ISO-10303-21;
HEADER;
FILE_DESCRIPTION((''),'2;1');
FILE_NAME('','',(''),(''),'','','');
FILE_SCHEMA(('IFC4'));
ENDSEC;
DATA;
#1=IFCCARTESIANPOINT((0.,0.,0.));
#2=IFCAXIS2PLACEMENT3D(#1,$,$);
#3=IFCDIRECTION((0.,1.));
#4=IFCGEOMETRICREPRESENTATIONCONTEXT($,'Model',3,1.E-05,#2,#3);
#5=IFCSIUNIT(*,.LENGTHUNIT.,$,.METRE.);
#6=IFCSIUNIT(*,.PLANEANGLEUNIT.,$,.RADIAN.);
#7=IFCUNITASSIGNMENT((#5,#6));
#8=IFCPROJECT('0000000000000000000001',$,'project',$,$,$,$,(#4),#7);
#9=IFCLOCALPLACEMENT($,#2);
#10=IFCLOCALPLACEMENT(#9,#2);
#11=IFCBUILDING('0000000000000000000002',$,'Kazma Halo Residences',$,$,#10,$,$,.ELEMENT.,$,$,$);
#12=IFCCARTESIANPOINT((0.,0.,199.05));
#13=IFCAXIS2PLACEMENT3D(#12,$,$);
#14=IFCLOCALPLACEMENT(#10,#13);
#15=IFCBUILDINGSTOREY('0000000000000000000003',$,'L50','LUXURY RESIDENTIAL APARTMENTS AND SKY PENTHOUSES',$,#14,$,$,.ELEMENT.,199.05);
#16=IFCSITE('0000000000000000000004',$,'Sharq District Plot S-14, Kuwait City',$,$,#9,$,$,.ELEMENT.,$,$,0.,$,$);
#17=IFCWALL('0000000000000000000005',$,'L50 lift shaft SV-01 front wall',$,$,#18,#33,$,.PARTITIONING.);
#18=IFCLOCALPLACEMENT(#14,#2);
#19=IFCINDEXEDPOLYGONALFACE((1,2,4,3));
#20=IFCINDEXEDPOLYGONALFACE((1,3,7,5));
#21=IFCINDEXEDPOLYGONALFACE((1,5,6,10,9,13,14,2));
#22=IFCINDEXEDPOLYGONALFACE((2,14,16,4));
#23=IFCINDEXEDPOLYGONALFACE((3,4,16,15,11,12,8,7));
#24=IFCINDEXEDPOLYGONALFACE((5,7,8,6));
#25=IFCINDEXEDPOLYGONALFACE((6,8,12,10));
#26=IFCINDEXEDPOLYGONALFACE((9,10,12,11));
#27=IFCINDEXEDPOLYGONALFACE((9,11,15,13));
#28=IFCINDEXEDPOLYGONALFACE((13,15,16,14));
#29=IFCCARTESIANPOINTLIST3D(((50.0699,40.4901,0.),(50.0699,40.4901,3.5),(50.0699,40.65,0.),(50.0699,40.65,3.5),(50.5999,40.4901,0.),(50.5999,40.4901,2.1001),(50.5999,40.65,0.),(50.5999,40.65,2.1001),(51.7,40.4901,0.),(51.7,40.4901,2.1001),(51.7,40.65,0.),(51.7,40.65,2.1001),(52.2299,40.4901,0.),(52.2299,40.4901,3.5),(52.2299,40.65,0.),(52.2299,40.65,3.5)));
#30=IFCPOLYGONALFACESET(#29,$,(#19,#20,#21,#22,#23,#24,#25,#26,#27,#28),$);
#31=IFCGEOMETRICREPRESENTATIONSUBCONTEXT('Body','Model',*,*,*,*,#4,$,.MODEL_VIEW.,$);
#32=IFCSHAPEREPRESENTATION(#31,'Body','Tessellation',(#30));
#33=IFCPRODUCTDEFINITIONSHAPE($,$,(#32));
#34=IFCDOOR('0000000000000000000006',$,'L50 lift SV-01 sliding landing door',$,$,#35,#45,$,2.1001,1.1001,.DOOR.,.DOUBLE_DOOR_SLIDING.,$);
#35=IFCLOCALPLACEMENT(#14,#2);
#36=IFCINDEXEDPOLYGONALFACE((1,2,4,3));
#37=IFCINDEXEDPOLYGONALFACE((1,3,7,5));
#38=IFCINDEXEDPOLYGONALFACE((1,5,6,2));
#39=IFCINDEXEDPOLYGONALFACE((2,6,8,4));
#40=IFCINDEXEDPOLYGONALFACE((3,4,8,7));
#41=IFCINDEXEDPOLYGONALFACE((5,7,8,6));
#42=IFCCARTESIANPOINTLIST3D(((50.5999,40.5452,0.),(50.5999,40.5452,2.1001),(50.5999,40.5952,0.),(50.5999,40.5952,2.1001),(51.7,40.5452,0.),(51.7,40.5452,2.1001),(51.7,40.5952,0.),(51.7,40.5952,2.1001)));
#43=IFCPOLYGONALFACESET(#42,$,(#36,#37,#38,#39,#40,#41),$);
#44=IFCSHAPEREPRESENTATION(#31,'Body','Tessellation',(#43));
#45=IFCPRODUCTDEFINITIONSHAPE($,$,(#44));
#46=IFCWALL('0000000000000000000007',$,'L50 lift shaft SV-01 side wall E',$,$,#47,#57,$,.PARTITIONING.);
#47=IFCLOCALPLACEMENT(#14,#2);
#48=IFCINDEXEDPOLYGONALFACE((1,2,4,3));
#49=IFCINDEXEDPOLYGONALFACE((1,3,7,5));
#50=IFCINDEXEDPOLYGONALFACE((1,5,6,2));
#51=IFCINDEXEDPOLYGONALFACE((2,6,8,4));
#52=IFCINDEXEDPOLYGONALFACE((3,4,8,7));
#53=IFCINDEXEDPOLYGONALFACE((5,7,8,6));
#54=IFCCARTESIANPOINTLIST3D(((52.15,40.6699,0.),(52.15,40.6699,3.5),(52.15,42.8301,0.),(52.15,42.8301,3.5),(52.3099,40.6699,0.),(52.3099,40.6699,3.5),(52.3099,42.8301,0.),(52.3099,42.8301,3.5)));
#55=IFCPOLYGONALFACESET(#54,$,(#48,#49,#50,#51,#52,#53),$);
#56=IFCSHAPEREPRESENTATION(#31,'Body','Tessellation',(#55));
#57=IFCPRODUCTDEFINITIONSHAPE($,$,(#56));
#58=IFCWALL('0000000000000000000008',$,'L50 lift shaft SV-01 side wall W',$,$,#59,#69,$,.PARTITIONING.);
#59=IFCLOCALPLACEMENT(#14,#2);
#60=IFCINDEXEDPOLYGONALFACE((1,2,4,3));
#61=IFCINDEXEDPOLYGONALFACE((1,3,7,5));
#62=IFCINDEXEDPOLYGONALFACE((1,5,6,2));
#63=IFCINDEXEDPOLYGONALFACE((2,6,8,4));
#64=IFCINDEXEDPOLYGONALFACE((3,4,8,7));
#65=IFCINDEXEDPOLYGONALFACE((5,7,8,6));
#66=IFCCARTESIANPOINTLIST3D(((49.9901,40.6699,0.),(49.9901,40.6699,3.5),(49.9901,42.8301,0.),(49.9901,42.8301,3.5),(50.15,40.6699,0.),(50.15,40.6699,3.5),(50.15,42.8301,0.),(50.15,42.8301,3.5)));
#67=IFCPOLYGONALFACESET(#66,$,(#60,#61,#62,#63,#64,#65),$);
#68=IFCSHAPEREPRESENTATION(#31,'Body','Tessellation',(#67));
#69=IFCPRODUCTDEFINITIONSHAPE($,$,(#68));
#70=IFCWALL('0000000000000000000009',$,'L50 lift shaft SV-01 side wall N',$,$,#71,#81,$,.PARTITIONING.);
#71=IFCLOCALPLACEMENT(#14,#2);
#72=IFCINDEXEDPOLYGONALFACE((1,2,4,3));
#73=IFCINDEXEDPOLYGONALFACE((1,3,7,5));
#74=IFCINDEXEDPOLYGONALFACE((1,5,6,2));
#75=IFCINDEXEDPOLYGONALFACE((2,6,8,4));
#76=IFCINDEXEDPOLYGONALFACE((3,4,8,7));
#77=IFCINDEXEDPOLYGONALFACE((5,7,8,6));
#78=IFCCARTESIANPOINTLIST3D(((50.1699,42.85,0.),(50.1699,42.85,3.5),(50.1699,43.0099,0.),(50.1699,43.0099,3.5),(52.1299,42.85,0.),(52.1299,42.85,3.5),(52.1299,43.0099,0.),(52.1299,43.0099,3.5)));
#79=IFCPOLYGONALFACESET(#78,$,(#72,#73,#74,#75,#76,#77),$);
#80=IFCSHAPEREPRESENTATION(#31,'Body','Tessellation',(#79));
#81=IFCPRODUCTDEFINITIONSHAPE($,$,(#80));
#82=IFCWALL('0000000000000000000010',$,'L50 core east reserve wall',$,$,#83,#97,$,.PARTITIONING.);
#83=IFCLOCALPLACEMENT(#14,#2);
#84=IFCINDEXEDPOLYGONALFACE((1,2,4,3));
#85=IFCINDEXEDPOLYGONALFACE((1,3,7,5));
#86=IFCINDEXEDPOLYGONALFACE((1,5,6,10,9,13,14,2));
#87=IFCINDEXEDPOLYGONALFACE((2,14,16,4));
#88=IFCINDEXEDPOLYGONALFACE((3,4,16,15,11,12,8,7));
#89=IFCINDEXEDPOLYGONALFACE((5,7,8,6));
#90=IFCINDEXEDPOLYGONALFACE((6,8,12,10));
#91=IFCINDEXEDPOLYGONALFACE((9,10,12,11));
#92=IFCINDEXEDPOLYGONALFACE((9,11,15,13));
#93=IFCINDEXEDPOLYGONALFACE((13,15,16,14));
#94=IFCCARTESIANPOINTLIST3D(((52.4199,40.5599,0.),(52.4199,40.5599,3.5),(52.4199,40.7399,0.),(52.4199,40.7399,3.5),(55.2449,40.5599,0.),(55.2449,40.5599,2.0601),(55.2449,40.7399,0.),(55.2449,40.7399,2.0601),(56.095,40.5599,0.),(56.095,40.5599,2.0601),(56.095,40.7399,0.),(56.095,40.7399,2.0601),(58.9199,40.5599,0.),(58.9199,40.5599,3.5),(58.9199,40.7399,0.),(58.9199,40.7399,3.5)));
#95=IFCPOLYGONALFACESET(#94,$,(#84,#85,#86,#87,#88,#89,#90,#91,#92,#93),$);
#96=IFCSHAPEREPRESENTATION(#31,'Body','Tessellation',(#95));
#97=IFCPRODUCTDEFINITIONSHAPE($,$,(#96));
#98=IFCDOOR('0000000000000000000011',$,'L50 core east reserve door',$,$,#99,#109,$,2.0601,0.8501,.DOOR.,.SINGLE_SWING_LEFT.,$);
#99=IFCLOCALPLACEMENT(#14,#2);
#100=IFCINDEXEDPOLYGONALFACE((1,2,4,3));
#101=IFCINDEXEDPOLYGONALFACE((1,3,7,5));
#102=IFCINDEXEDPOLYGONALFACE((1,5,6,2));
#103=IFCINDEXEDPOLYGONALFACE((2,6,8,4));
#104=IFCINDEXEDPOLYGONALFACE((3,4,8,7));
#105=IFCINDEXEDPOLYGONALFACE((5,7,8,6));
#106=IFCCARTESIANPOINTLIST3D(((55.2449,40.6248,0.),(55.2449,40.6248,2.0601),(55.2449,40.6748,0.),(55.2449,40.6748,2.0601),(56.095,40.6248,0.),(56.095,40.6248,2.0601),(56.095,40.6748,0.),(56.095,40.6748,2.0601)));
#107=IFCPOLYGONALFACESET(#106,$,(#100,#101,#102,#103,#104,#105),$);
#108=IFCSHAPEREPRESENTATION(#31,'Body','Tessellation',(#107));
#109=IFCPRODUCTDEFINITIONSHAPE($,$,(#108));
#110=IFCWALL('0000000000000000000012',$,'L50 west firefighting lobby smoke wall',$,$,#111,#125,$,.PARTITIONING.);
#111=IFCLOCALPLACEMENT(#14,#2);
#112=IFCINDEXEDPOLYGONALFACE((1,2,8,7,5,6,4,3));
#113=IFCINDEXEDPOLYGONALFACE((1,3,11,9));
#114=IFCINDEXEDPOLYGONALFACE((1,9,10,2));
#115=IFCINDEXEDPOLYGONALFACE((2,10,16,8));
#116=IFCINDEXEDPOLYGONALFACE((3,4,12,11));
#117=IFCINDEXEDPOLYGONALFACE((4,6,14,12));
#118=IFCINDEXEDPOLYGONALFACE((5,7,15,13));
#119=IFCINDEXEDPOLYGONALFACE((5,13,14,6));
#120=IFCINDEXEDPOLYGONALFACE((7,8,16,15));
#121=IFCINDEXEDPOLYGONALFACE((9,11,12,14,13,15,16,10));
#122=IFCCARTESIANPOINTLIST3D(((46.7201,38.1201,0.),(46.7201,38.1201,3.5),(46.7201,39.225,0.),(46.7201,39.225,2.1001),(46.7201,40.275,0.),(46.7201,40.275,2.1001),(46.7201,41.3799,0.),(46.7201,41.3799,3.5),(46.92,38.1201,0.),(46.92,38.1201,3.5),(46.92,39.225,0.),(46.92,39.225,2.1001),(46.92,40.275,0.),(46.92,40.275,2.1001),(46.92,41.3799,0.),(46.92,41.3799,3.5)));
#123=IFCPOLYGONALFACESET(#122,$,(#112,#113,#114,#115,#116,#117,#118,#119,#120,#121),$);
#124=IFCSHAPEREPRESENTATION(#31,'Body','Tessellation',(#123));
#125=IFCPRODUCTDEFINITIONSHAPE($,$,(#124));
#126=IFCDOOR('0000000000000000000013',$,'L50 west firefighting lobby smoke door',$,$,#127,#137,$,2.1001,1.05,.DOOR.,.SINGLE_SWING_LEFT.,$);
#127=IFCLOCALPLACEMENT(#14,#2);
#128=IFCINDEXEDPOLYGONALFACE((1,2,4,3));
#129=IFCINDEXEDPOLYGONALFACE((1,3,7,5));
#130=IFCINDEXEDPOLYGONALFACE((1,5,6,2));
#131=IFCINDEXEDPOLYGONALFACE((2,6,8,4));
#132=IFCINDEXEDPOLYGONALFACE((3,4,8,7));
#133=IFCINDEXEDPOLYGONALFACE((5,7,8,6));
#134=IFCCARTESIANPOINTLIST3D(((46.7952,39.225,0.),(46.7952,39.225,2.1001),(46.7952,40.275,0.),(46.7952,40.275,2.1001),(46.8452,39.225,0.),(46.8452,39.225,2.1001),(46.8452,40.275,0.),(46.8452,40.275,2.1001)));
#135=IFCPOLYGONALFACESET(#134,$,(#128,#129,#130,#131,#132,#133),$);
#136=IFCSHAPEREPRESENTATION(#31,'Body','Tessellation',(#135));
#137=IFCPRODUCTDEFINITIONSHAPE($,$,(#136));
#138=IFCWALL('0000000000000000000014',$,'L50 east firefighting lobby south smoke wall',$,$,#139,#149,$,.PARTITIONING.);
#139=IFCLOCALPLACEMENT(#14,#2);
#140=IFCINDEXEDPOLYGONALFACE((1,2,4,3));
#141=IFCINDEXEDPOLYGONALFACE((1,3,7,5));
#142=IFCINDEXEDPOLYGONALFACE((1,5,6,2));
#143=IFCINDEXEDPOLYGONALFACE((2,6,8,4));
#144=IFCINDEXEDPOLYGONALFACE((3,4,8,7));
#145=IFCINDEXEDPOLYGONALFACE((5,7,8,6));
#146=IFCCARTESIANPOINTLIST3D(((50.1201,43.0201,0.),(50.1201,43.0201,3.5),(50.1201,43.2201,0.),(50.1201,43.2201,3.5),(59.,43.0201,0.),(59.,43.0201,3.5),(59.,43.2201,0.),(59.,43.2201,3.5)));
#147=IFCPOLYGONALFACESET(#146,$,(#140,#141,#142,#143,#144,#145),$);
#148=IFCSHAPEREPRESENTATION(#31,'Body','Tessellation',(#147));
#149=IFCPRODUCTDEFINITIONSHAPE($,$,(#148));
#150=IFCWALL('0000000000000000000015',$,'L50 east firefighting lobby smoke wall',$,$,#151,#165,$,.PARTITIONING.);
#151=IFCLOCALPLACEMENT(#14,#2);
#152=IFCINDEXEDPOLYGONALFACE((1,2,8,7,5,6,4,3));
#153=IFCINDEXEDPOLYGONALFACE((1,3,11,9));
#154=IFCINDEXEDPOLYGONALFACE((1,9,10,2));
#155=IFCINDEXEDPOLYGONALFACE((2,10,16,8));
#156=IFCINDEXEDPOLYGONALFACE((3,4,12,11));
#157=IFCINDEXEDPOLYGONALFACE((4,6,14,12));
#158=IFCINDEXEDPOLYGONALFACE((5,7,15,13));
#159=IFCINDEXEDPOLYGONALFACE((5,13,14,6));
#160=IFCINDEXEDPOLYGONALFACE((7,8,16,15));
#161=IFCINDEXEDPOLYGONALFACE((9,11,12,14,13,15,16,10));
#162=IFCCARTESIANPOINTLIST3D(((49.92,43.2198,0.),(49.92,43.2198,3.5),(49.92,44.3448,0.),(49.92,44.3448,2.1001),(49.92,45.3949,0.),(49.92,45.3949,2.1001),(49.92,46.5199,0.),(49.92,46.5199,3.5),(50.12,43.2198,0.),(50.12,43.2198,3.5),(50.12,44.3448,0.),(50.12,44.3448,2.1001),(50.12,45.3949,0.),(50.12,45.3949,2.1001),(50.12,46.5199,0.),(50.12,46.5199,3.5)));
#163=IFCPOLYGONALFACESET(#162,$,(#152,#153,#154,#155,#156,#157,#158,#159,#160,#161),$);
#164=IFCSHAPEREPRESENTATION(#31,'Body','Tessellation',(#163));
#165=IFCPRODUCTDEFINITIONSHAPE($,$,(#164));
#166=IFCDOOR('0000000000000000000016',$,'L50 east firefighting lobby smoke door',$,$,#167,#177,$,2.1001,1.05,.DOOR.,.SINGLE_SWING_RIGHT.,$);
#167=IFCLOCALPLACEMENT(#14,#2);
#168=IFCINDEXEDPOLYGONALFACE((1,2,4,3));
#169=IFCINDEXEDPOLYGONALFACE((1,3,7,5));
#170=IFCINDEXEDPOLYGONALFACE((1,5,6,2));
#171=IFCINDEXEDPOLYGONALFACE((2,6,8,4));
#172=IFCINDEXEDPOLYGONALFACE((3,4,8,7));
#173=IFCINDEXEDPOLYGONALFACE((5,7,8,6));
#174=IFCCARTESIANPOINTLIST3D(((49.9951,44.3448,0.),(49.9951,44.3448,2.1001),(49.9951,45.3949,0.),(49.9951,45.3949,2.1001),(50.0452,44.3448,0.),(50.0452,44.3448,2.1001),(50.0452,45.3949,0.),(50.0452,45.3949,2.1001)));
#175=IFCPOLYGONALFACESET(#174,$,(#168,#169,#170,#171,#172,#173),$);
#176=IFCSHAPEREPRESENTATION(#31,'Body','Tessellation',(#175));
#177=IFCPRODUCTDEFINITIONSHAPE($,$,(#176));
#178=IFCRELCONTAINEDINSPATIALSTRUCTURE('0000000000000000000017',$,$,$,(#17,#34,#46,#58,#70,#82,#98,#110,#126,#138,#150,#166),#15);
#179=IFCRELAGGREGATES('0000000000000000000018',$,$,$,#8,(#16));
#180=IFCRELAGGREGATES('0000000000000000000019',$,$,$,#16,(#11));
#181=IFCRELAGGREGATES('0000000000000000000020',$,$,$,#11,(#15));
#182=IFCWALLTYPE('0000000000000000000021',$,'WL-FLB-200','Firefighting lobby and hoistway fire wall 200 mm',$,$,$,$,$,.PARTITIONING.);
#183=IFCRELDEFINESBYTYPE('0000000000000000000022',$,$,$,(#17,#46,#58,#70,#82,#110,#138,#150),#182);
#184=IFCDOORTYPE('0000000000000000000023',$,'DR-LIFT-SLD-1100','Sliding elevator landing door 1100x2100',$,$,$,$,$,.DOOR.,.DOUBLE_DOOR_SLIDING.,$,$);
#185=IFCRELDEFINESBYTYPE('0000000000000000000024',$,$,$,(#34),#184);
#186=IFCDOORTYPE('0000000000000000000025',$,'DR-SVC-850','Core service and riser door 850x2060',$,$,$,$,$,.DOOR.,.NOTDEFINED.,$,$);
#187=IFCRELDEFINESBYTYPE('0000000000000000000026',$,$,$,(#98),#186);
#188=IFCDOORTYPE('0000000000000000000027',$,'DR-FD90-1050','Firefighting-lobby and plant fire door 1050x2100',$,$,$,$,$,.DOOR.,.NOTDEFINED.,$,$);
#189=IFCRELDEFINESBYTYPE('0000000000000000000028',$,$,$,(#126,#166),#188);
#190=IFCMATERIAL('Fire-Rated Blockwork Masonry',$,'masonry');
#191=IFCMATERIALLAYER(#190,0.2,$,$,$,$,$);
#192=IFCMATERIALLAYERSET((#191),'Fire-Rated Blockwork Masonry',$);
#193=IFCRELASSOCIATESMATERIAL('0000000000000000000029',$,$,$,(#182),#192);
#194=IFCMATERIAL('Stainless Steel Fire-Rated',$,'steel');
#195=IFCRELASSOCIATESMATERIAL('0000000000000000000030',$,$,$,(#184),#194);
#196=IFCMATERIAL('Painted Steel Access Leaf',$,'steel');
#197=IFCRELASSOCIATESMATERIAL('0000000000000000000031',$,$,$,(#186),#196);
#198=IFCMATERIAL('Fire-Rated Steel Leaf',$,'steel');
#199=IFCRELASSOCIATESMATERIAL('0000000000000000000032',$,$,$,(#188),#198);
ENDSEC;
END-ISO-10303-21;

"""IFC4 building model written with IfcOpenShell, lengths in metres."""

from ifc_helpers import new_model, si_unit, direction, frame, frame_2d, origin, place, context, subcontext, project, spatial, rectangle, extrude, material, layer, layer_set, type_object, element, fill, save


model = new_model("IFC4")

# Units and contexts
model_context = context("Model", 3, precision=1e-05, world=origin(), true_north=direction((0.0, 1.0)))
body_context = subcontext(model_context, "Body", "Model", "MODEL_VIEW")
ifc_project = project(units=[si_unit("LENGTHUNIT", "METRE"), si_unit("PLANEANGLEUNIT", "RADIAN")], contexts=[model_context])

# Site, building, storey
site_placement = place(None, origin())
site = spatial("IfcSite", under=ifc_project, at=site_placement, Name="Sharq District Plot S-14, Kuwait City", CompositionType="ELEMENT", RefElevation=0.0)
building_placement = place(site_placement, origin())
building = spatial("IfcBuilding", under=site, at=building_placement, Name="Kazma Halo Residences", CompositionType="ELEMENT")
storey_placement = place(building_placement, frame((0.0, 0.0, 199.05)))
storey = spatial("IfcBuildingStorey", under=building, at=storey_placement, Name="L50", Description="LUXURY RESIDENTIAL APARTMENTS AND SKY PENTHOUSES", CompositionType="ELEMENT", Elevation=199.05)

# Shared definitions
ifc_material_1 = material(Name="Fire-Rated Blockwork Masonry", Category="masonry")
ifc_layer_1 = layer(ifc_material_1, 0.2)
ifc_layer_set_1 = layer_set([ifc_layer_1], Name="Fire-Rated Blockwork Masonry")
wall_type_1 = type_object("IfcWallType", Name="WL-FLB-200", Description="Firefighting lobby and hoistway fire wall 200 mm", PredefinedType="PARTITIONING", material=ifc_layer_set_1)

# Wall, opening, door
wall_1_placement = place(storey_placement, frame((52.23, 40.5701, 0.0), z_axis=(0.0, 0.0, 1.0), x_axis=(-1.0, 0.0, 0.0)))
wall_1 = element("IfcWall", 1, at=wall_1_placement, inside=storey, type_object=wall_type_1, Name="L50 lift shaft SV-01 front wall", PredefinedType="PARTITIONING", context=body_context, shape_type="SweptSolid", body=[
    extrude(rectangle(XDim=2.1599, YDim=0.1599, at=frame_2d((1.0801, 0.0))), origin(), (0.0, 0.0, 1.0), 3.5),
])
opening_1_placement = place(wall_1_placement, frame((0.53, 0.0, 0.0)))
opening_1 = element("IfcOpeningElement", 2, at=opening_1_placement, cuts=wall_1, PredefinedType="OPENING", context=body_context, shape_type="SweptSolid", body=[
    extrude(rectangle(XDim=1.1001, YDim=2.1001, at=frame_2d((0.55, 1.05))), frame((0.0, 0.0898, 0.0), z_axis=(0.0, -1.0, 0.0), x_axis=(1.0, 0.0, 0.0)), (0.0, 0.0, 1.0), 0.1799),
])
ifc_material_2 = material(Name="Stainless Steel Fire-Rated", Category="steel")
door_type_1 = type_object("IfcDoorType", Name="DR-LIFT-SLD-1100", Description="Sliding elevator landing door 1100x2100", OperationType="DOUBLE_DOOR_SLIDING", PredefinedType="DOOR", material=ifc_material_2)
door_1_placement = place(opening_1_placement, origin())
door_1 = element("IfcDoor", 3, at=door_1_placement, inside=storey, type_object=door_type_1, Name="L50 lift SV-01 sliding landing door", OperationType="DOUBLE_DOOR_SLIDING", OverallHeight=2.1001, OverallWidth=1.1001, PredefinedType="DOOR", context=body_context, shape_type="SweptSolid", body=[
    extrude(rectangle(XDim=1.1001, YDim=2.1001, at=frame_2d((0.55, 1.05))), frame((0.0, 0.0249, 0.0), z_axis=(0.0, -1.0, 0.0), x_axis=(1.0, 0.0, 0.0)), (0.0, 0.0, 1.0), 0.05),
])
fill(opening_1, door_1)

# Walls
for number, where, z_axis, x_axis, name in (
    (4, (52.23, 40.6699, 0.0), (0.0, 0.0, 1.0), (0.0, 1.0, 0.0), "L50 lift shaft SV-01 side wall E"),
    (5, (50.0701, 40.6699, 0.0), (0.0, 0.0, 1.0), (0.0, 1.0, 0.0), "L50 lift shaft SV-01 side wall W"),
):
    element("IfcWall", number, at=place(storey_placement, frame(where, z_axis=z_axis, x_axis=x_axis)), inside=storey, type_object=wall_type_1, Name=name, PredefinedType="PARTITIONING", context=body_context, shape_type="SweptSolid", body=[
        extrude(rectangle(XDim=2.1602, YDim=0.1599, at=frame_2d((1.0801, 0.0))), origin(), (0.0, 0.0, 1.0), 3.5),
    ])
wall_2_placement = place(storey_placement, frame((50.1699, 42.9299, 0.0), z_axis=(0.0, 0.0, 1.0), x_axis=(1.0, 0.0, 0.0)))
element("IfcWall", 6, at=wall_2_placement, inside=storey, type_object=wall_type_1, Name="L50 lift shaft SV-01 side wall N", PredefinedType="PARTITIONING", context=body_context, shape_type="SweptSolid", body=[
    extrude(rectangle(XDim=1.96, YDim=0.1599, at=frame_2d((0.98, 0.0))), origin(), (0.0, 0.0, 1.0), 3.5),
])

# Walls, openings, doors
wall_3_placement = place(storey_placement, frame((52.4199, 40.6499, 0.0), z_axis=(0.0, 0.0, 1.0), x_axis=(1.0, 0.0, 0.0)))
wall_3 = element("IfcWall", 7, at=wall_3_placement, inside=storey, type_object=wall_type_1, Name="L50 core east reserve wall", PredefinedType="PARTITIONING", context=body_context, shape_type="SweptSolid", body=[
    extrude(rectangle(XDim=6.5, YDim=0.1799, at=frame_2d((3.25, 0.0))), origin(), (0.0, 0.0, 1.0), 3.5),
])
opening_2_placement = place(wall_3_placement, frame((2.825, 0.0, 0.0)))
opening_2 = element("IfcOpeningElement", 8, at=opening_2_placement, cuts=wall_3, PredefinedType="OPENING", context=body_context, shape_type="SweptSolid", body=[
    extrude(rectangle(XDim=0.8501, YDim=2.0601, at=frame_2d((0.425, 1.03))), frame((0.0, 0.0999, 0.0), z_axis=(0.0, -1.0, 0.0), x_axis=(1.0, 0.0, 0.0)), (0.0, 0.0, 1.0), 0.2),
])
ifc_material_3 = material(Name="Painted Steel Access Leaf", Category="steel")
door_type_2 = type_object("IfcDoorType", Name="DR-SVC-850", Description="Core service and riser door 850x2060", OperationType="NOTDEFINED", PredefinedType="DOOR", material=ifc_material_3)
door_2_placement = place(opening_2_placement, origin())
door_2 = element("IfcDoor", 9, at=door_2_placement, inside=storey, type_object=door_type_2, Name="L50 core east reserve door", OperationType="SINGLE_SWING_LEFT", OverallHeight=2.0601, OverallWidth=0.8501, PredefinedType="DOOR", context=body_context, shape_type="SweptSolid", body=[
    extrude(rectangle(XDim=0.8501, YDim=2.0601, at=frame_2d((0.425, 1.03))), frame((0.0, 0.0249, 0.0), z_axis=(0.0, -1.0, 0.0), x_axis=(1.0, 0.0, 0.0)), (0.0, 0.0, 1.0), 0.05),
])
fill(opening_2, door_2)
wall_4_placement = place(storey_placement, frame((46.8201, 38.1201, 0.0), z_axis=(0.0, 0.0, 1.0), x_axis=(0.0, 1.0, 0.0)))
wall_4 = element("IfcWall", 10, at=wall_4_placement, inside=storey, type_object=wall_type_1, Name="L50 west firefighting lobby smoke wall", PredefinedType="PARTITIONING", context=body_context, shape_type="SweptSolid", body=[
    extrude(rectangle(XDim=3.2598, YDim=0.2, at=frame_2d((1.6299, 0.0))), origin(), (0.0, 0.0, 1.0), 3.5),
])
opening_3_placement = place(wall_4_placement, frame((1.105, 0.0, 0.0)))
opening_3 = element("IfcOpeningElement", 11, at=opening_3_placement, cuts=wall_4, PredefinedType="OPENING", context=body_context, shape_type="SweptSolid", body=[
    extrude(rectangle(XDim=1.05, YDim=2.1001, at=frame_2d((0.5249, 1.05))), frame((0.0, 0.1099, 0.0), z_axis=(0.0, -1.0, 0.0), x_axis=(1.0, 0.0, 0.0)), (0.0, 0.0, 1.0), 0.22),
])
ifc_material_4 = material(Name="Fire-Rated Steel Leaf", Category="steel")
door_type_3 = type_object("IfcDoorType", Name="DR-FD90-1050", Description="Firefighting-lobby and plant fire door 1050x2100", OperationType="NOTDEFINED", PredefinedType="DOOR", material=ifc_material_4)
door_3_placement = place(opening_3_placement, origin())
door_3 = element("IfcDoor", 12, at=door_3_placement, inside=storey, type_object=door_type_3, Name="L50 west firefighting lobby smoke door", OperationType="SINGLE_SWING_LEFT", OverallHeight=2.1001, OverallWidth=1.05, PredefinedType="DOOR", context=body_context, shape_type="SweptSolid", body=[
    extrude(rectangle(XDim=1.05, YDim=2.1001, at=frame_2d((0.5249, 1.05))), frame((0.0, 0.0249, 0.0), z_axis=(0.0, -1.0, 0.0), x_axis=(1.0, 0.0, 0.0)), (0.0, 0.0, 1.0), 0.05),
])
fill(opening_3, door_3)

# Wall
wall_5_placement = place(storey_placement, frame((50.1201, 43.1201, 0.0), z_axis=(0.0, 0.0, 1.0), x_axis=(1.0, 0.0, 0.0)))
element("IfcWall", 13, at=wall_5_placement, inside=storey, type_object=wall_type_1, Name="L50 east firefighting lobby south smoke wall", PredefinedType="PARTITIONING", context=body_context, shape_type="SweptSolid", body=[
    extrude(rectangle(XDim=8.8799, YDim=0.2, at=frame_2d((4.4399, 0.0))), origin(), (0.0, 0.0, 1.0), 3.5),
])

# Wall, opening, door
wall_6_placement = place(storey_placement, frame((50.02, 43.22, 0.0), z_axis=(0.0, 0.0, 1.0), x_axis=(0.0, 1.0, 0.0)))
wall_6 = element("IfcWall", 14, at=wall_6_placement, inside=storey, type_object=wall_type_1, Name="L50 east firefighting lobby smoke wall", PredefinedType="PARTITIONING", context=body_context, shape_type="SweptSolid", body=[
    extrude(rectangle(XDim=3.3, YDim=0.2, at=frame_2d((1.6499, 0.0))), origin(), (0.0, 0.0, 1.0), 3.5),
])
opening_4_placement = place(wall_6_placement, frame((1.125, 0.0, 0.0)))
opening_4 = element("IfcOpeningElement", 15, at=opening_4_placement, cuts=wall_6, PredefinedType="OPENING", context=body_context, shape_type="SweptSolid", body=[
    extrude(rectangle(XDim=1.05, YDim=2.1001, at=frame_2d((0.5249, 1.05))), frame((0.0, 0.1099, 0.0), z_axis=(0.0, -1.0, 0.0), x_axis=(1.0, 0.0, 0.0)), (0.0, 0.0, 1.0), 0.22),
])
door_4_placement = place(opening_4_placement, origin())
door_4 = element("IfcDoor", 16, at=door_4_placement, inside=storey, type_object=door_type_3, Name="L50 east firefighting lobby smoke door", OperationType="SINGLE_SWING_RIGHT", OverallHeight=2.1001, OverallWidth=1.05, PredefinedType="DOOR", context=body_context, shape_type="SweptSolid", body=[
    extrude(rectangle(XDim=1.05, YDim=2.1001, at=frame_2d((0.5249, 1.05))), frame((0.0, 0.0249, 0.0), z_axis=(0.0, -1.0, 0.0), x_axis=(1.0, 0.0, 0.0)), (0.0, 0.0, 1.0), 0.05),
])
fill(opening_4, door_4)

save(model, "model.ifc")
